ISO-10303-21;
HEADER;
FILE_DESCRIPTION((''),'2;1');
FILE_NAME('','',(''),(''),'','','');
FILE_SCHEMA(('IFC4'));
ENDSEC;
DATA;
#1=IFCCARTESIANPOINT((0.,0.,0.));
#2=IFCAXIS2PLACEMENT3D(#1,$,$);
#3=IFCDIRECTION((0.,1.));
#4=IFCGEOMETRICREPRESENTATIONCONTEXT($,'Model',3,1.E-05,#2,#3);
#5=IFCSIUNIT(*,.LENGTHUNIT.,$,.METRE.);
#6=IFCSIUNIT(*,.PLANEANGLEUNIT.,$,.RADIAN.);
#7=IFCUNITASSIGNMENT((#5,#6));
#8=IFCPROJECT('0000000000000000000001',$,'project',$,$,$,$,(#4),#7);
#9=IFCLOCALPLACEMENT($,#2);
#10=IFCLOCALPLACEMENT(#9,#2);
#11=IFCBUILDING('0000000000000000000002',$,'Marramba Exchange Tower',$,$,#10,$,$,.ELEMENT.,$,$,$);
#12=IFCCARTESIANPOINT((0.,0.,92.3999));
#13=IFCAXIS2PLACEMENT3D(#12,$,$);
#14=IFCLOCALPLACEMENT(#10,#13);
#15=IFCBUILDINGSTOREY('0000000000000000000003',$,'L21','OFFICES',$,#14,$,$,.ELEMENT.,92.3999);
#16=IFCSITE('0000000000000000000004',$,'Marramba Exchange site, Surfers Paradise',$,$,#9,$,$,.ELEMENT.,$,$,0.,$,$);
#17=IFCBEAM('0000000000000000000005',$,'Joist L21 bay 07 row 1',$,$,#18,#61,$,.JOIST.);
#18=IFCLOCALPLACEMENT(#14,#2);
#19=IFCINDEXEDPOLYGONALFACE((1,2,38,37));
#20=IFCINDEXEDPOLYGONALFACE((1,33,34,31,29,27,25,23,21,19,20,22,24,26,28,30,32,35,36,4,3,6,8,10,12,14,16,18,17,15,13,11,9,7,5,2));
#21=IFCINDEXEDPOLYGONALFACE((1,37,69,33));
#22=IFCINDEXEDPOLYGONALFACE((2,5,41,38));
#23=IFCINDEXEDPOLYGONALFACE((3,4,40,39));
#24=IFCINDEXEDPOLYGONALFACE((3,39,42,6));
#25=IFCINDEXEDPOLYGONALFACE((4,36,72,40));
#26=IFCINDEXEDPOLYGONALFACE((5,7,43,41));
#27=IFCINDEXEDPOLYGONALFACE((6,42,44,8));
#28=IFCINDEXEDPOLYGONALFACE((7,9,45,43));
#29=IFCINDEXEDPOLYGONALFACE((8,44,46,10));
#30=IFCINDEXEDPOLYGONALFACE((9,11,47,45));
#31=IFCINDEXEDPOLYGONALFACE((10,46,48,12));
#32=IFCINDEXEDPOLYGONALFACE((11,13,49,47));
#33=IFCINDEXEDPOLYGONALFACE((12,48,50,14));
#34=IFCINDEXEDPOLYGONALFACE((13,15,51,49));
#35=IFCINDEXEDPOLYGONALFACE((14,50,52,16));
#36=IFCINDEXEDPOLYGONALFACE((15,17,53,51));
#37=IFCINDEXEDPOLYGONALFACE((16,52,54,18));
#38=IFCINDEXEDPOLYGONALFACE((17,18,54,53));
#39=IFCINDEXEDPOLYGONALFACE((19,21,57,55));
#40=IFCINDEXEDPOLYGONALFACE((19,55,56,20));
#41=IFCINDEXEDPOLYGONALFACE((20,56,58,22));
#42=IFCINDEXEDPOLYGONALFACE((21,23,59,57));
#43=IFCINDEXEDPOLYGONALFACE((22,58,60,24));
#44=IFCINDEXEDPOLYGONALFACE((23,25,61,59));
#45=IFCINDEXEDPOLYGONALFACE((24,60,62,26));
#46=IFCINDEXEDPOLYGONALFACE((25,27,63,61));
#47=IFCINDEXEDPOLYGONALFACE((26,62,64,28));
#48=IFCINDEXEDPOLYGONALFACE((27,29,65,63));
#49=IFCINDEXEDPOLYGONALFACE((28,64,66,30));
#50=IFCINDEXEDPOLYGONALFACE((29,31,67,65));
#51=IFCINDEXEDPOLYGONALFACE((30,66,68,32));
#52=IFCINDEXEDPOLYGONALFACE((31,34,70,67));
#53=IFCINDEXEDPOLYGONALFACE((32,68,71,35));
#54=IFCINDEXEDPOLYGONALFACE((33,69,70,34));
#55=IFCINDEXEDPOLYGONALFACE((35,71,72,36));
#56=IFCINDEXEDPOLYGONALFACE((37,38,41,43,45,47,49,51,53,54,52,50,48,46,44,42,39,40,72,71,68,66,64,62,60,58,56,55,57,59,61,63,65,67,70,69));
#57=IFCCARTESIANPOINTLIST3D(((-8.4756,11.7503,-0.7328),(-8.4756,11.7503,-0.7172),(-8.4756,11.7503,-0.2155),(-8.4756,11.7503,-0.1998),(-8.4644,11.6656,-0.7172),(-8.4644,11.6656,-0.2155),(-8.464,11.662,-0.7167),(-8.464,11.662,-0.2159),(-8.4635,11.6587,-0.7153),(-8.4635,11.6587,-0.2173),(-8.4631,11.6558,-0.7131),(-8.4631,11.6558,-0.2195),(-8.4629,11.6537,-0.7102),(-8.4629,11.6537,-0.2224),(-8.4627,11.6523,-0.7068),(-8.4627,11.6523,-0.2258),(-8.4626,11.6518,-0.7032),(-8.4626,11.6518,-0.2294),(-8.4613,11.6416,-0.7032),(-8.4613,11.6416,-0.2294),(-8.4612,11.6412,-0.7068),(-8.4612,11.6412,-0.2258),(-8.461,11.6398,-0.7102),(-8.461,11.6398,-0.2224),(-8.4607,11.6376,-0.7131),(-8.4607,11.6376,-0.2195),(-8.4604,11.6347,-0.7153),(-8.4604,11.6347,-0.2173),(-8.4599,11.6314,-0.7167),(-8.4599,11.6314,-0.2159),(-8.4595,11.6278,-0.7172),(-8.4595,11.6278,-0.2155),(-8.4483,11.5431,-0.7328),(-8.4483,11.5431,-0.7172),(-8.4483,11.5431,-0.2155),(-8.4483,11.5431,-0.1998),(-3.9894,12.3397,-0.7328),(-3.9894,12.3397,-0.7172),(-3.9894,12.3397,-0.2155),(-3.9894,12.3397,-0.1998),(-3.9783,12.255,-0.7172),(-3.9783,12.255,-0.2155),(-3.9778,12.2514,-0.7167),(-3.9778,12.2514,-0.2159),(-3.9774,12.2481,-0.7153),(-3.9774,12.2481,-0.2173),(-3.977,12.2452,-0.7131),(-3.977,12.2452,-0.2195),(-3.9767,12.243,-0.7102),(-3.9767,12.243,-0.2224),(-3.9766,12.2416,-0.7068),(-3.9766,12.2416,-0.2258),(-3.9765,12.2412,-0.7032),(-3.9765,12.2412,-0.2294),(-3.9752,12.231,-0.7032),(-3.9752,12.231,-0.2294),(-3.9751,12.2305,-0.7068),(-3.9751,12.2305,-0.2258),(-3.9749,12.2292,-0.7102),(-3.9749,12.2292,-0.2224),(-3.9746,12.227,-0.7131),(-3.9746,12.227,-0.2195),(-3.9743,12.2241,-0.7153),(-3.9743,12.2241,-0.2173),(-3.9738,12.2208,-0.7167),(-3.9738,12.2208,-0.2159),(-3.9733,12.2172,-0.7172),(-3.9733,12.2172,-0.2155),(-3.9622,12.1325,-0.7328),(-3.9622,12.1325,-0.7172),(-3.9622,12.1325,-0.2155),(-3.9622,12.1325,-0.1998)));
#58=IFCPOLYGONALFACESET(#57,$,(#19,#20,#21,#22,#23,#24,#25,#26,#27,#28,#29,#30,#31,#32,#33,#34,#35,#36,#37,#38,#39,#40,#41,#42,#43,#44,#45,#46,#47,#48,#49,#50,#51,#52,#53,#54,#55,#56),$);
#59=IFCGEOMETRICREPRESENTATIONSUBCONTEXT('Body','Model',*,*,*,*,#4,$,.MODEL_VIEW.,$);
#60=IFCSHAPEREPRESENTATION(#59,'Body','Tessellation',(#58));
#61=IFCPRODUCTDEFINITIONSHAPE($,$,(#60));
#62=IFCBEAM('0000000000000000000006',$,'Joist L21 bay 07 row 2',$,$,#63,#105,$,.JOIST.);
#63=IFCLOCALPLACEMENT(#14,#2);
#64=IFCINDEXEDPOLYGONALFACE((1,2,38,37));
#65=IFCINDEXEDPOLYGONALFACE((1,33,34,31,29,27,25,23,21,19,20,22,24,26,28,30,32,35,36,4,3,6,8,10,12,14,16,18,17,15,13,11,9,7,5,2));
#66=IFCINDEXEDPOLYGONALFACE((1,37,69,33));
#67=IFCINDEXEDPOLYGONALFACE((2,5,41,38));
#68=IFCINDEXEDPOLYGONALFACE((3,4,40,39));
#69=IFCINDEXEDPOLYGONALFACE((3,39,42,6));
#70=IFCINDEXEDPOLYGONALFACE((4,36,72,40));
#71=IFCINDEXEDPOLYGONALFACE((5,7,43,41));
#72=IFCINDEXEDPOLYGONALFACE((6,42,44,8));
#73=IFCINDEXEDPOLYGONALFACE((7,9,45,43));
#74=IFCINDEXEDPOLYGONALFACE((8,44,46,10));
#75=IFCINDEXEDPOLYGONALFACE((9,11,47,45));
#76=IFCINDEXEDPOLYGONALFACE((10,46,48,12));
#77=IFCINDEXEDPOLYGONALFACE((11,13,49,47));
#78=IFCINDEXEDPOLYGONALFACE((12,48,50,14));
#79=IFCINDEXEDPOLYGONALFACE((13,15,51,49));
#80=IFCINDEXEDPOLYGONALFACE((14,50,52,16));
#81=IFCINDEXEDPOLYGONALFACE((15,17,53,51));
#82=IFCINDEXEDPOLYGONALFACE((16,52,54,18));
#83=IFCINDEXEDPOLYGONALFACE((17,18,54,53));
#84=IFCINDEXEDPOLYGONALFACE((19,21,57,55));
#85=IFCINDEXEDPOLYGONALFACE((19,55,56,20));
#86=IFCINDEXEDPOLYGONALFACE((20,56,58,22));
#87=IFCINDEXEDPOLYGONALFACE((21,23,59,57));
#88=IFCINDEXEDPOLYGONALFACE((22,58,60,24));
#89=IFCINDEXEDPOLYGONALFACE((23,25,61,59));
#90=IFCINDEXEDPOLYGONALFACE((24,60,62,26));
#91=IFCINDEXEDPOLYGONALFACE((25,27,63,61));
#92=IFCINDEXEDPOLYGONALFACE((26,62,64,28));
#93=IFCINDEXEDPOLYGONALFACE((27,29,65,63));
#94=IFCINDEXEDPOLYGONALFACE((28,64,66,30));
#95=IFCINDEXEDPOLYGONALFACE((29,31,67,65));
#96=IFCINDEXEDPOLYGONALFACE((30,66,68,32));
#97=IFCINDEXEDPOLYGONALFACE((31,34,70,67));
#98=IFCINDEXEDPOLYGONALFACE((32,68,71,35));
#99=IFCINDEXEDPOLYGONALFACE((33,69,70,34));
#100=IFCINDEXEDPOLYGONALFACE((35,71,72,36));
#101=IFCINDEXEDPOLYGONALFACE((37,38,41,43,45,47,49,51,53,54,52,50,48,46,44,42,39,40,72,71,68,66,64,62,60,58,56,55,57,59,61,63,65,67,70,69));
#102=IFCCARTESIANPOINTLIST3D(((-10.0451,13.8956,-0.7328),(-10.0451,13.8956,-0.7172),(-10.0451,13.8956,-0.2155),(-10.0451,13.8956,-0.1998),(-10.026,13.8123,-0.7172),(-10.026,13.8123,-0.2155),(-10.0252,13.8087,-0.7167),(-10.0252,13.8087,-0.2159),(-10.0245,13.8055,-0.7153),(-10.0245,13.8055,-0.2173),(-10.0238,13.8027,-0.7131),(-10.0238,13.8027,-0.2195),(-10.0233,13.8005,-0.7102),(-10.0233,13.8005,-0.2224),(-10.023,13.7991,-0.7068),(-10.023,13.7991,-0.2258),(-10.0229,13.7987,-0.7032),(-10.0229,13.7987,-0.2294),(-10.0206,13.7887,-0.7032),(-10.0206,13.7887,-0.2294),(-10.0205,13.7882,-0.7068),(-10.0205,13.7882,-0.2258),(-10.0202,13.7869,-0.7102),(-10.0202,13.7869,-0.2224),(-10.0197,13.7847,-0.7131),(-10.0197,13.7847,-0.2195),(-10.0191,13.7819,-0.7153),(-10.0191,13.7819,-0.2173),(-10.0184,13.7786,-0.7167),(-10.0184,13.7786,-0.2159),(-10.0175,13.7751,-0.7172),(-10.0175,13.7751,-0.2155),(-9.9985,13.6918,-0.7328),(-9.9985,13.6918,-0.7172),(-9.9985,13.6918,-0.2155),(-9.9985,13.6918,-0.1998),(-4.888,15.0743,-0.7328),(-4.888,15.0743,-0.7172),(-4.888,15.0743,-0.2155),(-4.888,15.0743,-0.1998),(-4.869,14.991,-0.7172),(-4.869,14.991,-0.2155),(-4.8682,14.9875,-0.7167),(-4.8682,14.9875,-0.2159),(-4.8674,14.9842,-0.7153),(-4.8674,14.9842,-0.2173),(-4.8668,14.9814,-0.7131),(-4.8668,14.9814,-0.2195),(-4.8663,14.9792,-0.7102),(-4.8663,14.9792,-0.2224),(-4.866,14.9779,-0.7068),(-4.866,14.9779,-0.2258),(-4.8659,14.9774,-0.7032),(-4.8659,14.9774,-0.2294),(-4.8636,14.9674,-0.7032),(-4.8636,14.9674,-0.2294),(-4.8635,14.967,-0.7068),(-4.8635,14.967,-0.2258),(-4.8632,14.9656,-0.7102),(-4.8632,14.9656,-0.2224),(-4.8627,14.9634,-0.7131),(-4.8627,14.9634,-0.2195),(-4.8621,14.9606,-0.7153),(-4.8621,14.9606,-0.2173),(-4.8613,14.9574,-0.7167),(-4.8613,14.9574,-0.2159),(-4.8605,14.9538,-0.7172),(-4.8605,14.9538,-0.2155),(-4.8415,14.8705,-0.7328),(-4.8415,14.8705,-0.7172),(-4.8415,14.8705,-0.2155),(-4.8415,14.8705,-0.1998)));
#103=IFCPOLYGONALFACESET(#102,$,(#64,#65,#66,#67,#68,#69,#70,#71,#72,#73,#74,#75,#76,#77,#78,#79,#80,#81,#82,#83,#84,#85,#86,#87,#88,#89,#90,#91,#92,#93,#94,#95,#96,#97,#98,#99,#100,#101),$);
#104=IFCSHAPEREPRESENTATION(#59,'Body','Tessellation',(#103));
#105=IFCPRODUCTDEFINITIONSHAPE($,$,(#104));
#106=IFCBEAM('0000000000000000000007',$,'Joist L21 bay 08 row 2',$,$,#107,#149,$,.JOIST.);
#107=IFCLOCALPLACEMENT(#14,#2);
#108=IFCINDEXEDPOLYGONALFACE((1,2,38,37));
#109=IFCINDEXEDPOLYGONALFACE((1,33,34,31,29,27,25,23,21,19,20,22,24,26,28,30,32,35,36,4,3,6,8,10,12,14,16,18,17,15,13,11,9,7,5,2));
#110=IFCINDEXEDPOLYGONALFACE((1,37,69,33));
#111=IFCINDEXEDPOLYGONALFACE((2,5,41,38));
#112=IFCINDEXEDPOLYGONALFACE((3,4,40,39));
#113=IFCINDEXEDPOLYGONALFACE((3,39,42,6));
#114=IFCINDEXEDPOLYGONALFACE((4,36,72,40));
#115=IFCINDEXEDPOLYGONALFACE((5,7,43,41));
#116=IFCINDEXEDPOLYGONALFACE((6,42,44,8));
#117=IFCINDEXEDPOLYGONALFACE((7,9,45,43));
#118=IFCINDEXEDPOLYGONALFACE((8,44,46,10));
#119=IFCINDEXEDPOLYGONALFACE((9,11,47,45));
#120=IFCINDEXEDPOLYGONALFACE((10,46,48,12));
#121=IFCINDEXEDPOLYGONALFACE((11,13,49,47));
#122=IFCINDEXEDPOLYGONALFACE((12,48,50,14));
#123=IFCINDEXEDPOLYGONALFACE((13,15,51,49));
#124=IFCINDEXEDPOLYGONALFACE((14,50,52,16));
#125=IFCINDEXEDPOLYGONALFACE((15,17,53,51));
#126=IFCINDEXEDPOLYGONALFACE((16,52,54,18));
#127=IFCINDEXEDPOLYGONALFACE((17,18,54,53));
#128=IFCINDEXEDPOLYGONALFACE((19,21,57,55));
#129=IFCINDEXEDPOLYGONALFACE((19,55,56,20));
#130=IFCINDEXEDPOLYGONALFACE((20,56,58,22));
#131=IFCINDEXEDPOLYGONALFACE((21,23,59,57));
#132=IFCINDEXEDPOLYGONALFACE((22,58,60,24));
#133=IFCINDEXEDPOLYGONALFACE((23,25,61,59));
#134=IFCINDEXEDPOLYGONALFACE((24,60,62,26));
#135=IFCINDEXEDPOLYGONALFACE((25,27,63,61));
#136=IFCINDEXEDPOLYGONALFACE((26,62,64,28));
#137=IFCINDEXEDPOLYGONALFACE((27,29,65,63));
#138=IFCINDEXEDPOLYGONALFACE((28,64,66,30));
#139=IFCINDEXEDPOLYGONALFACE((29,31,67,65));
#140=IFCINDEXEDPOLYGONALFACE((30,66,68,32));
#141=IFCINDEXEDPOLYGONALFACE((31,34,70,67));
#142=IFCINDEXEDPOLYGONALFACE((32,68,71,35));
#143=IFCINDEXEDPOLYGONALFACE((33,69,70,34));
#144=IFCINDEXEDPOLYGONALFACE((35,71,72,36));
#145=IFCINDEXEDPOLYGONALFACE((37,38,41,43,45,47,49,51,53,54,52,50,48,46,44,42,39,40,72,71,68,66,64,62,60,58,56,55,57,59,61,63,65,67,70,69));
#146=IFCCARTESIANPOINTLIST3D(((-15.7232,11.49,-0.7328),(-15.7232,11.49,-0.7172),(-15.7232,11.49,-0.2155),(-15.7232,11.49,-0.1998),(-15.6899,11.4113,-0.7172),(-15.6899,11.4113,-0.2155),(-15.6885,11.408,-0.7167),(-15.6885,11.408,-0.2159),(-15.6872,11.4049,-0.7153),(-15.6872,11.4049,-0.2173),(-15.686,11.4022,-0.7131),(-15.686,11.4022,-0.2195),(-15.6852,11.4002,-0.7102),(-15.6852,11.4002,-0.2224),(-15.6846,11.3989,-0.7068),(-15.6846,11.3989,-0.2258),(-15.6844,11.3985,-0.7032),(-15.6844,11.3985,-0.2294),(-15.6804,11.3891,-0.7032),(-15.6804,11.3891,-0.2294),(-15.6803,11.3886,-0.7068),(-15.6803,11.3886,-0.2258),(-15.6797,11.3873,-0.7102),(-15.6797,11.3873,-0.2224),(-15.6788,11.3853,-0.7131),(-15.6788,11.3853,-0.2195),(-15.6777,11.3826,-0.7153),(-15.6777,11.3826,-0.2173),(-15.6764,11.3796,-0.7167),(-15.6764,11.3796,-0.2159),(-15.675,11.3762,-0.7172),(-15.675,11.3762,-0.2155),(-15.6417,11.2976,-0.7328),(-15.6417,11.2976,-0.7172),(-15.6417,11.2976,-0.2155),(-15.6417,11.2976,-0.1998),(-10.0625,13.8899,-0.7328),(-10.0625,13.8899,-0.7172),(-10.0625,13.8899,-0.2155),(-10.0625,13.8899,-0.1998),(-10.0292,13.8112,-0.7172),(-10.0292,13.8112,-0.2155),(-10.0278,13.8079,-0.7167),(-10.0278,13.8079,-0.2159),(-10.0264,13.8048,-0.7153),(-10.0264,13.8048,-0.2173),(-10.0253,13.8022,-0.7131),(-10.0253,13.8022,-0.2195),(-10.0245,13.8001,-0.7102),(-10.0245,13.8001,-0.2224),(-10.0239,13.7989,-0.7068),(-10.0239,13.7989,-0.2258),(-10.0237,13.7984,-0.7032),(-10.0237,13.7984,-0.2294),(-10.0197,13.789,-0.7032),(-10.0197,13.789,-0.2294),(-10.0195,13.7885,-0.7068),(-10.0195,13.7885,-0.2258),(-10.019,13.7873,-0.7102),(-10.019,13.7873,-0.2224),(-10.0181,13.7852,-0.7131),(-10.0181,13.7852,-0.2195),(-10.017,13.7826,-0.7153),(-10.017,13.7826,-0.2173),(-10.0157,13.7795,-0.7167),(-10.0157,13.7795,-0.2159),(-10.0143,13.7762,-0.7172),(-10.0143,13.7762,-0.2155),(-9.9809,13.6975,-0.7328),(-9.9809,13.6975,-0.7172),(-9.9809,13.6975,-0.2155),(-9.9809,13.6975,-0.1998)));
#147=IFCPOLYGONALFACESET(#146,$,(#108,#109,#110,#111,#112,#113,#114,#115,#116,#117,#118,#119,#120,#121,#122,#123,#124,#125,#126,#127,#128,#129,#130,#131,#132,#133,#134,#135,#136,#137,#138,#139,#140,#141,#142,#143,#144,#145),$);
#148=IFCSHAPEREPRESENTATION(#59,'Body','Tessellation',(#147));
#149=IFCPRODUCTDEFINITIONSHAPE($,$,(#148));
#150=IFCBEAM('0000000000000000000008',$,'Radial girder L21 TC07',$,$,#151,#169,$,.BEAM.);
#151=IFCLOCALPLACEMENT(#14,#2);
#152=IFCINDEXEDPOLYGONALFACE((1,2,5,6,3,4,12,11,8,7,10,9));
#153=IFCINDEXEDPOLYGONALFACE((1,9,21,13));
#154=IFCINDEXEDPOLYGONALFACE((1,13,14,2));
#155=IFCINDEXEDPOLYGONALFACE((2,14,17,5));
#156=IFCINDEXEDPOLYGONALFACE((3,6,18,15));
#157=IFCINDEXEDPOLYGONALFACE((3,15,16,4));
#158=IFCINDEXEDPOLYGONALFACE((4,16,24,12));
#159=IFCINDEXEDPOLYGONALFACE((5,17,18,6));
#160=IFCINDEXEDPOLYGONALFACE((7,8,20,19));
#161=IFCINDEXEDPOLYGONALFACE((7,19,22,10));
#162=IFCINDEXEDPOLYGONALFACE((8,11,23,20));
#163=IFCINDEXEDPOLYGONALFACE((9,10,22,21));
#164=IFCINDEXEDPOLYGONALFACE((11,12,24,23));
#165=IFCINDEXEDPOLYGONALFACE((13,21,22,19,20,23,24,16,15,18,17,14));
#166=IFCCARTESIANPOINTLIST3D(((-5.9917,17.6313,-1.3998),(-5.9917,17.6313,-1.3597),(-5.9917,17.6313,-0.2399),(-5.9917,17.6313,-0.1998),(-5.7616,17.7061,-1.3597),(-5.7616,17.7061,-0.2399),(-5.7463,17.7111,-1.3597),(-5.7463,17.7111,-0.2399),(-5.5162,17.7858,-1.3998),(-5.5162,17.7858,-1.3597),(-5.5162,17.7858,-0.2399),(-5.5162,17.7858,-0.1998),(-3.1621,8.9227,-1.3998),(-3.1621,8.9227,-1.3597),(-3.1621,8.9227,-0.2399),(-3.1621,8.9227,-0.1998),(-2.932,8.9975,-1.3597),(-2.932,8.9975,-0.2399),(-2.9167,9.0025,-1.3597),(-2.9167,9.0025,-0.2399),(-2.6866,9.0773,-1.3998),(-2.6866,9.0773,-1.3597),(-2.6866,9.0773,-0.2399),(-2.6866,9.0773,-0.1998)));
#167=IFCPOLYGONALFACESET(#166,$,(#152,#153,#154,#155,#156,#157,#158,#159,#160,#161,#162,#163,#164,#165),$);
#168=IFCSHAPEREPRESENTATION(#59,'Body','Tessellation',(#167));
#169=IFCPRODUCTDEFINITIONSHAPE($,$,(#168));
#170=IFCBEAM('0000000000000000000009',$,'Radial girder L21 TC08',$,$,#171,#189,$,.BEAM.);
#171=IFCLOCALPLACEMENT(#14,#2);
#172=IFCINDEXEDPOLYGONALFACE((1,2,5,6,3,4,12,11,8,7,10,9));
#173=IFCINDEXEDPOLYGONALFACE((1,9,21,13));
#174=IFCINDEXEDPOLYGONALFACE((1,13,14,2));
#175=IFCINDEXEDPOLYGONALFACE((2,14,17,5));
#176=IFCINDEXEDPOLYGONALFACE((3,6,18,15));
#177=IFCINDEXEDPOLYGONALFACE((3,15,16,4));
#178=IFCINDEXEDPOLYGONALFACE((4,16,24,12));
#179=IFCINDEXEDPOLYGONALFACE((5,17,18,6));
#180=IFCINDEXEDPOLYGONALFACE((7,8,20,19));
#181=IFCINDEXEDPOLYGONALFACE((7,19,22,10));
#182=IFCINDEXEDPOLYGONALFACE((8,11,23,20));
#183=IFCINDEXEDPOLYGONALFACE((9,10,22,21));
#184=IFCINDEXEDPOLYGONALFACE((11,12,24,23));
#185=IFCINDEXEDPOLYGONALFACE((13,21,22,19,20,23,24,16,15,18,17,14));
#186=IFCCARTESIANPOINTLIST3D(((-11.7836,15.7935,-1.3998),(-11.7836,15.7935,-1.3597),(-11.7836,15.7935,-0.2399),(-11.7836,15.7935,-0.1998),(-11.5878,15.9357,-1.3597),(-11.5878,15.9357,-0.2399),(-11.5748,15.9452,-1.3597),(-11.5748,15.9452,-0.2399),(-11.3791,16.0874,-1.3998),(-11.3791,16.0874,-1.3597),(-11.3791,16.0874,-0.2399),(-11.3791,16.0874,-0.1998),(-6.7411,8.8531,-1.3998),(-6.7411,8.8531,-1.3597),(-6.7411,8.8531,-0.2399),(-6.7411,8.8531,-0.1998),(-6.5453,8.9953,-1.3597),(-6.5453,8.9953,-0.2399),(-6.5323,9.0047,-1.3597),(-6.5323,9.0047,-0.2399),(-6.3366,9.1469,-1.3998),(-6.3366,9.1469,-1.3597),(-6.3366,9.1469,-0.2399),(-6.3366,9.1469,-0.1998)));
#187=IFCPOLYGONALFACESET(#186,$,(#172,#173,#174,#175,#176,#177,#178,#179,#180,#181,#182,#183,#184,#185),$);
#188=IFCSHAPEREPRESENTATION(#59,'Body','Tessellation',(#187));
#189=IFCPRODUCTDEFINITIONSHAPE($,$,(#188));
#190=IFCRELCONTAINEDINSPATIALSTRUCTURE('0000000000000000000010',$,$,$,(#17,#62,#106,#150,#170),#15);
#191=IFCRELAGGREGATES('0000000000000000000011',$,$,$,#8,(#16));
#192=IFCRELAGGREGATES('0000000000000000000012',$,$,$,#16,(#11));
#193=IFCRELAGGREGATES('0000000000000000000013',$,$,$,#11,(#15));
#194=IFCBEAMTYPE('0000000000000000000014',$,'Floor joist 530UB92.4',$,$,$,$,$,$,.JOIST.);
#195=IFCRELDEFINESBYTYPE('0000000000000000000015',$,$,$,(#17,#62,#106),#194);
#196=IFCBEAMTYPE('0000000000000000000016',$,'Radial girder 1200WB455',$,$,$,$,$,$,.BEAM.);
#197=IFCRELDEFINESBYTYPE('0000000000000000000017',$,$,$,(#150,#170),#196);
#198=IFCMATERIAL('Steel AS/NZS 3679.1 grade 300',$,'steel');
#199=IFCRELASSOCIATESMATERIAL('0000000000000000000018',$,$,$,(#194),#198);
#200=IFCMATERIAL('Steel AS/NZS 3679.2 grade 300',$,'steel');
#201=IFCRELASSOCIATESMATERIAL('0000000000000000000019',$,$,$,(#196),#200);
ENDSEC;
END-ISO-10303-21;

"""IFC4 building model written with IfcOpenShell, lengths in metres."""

from ifc_helpers import new_model, si_unit, direction, frame, origin, origin_2d, place, context, subcontext, project, spatial, i_section, extrude, material, material_profile, profile_set, type_object, element, save


model = new_model("IFC4")

# Units and contexts
model_context = context("Model", 3, precision=1e-05, world=origin(), true_north=direction((0.0, 1.0)))
body_context = subcontext(model_context, "Body", "Model", "MODEL_VIEW")
ifc_project = project(units=[si_unit("LENGTHUNIT", "METRE"), si_unit("PLANEANGLEUNIT", "RADIAN")], contexts=[model_context])

# Site, building, storey
site_placement = place(None, origin())
site = spatial("IfcSite", under=ifc_project, at=site_placement, Name="Marramba Exchange site, Surfers Paradise", CompositionType="ELEMENT", RefElevation=0.0)
building_placement = place(site_placement, origin())
building = spatial("IfcBuilding", under=site, at=building_placement, Name="Marramba Exchange Tower", CompositionType="ELEMENT")
storey_placement = place(building_placement, frame((0.0, 0.0, 92.3999)))
storey = spatial("IfcBuildingStorey", under=building, at=storey_placement, Name="L21", Description="OFFICES", CompositionType="ELEMENT", Elevation=92.3999)

# Beams
ifc_material_1 = material(Name="Steel AS/NZS 3679.1 grade 300", Category="steel")
ifc_material_profile_1 = material_profile(ifc_material_1, i_section(OverallWidth=0.209, OverallDepth=0.533, WebThickness=0.0103, FlangeThickness=0.0156, FilletRadius=0.0139, at=origin_2d()), Name="530UB92.4")
ifc_profile_set_1 = profile_set([ifc_material_profile_1], Name="Steel AS/NZS 3679.1 grade 300")
beam_type_1 = type_object("IfcBeamType", Name="Floor joist 530UB92.4", PredefinedType="JOIST", material=ifc_profile_set_1)
beam_1_placement = place(storey_placement, frame((-3.9758, 12.2361, -0.4663), z_axis=(-0.991481, -0.130255, 0.0), x_axis=(0.130255, -0.991481, 0.0)))
element("IfcBeam", 1, at=beam_1_placement, inside=storey, type_object=beam_type_1, Name="Joist L21 bay 07 row 1", PredefinedType="JOIST", context=body_context, shape_type="SweptSolid", body=[
    extrude(i_section(OverallWidth=0.209, OverallDepth=0.533, WebThickness=0.0103, FlangeThickness=0.0156, FilletRadius=0.0139, at=origin_2d()), origin(), (0.0, 0.0, 1.0), 4.5247),
])
beam_2_placement = place(storey_placement, frame((-4.8647, 14.9724, -0.4663), z_axis=(-0.97486, -0.22282, 0.0), x_axis=(0.22282, -0.97486, 0.0)))
element("IfcBeam", 2, at=beam_2_placement, inside=storey, type_object=beam_type_1, Name="Joist L21 bay 07 row 2", PredefinedType="JOIST", context=body_context, shape_type="SweptSolid", body=[
    extrude(i_section(OverallWidth=0.209, OverallDepth=0.533, WebThickness=0.0103, FlangeThickness=0.0156, FilletRadius=0.0139, at=origin_2d()), origin(), (0.0, 0.0, 1.0), 5.29),
])
beam_3_placement = place(storey_placement, frame((-10.0217, 13.7937, -0.4663), z_axis=(-0.920674, -0.390332, 0.0), x_axis=(0.390332, -0.920674, 0.0)))
element("IfcBeam", 3, at=beam_3_placement, inside=storey, type_object=beam_type_1, Name="Joist L21 bay 08 row 2", PredefinedType="JOIST", context=body_context, shape_type="SweptSolid", body=[
    extrude(i_section(OverallWidth=0.209, OverallDepth=0.533, WebThickness=0.0103, FlangeThickness=0.0156, FilletRadius=0.0139, at=origin_2d()), origin(), (0.0, 0.0, 1.0), 6.1484),
])
ifc_material_2 = material(Name="Steel AS/NZS 3679.2 grade 300", Category="steel")
ifc_material_profile_2 = material_profile(ifc_material_2, i_section(OverallWidth=0.5, OverallDepth=1.2, WebThickness=0.0161, FlangeThickness=0.04, at=origin_2d()), Name="1200WB455")
ifc_profile_set_2 = profile_set([ifc_material_profile_2], Name="Steel AS/NZS 3679.2 grade 300")
beam_type_2 = type_object("IfcBeamType", Name="Radial girder 1200WB455", PredefinedType="BEAM", material=ifc_profile_set_2)
beam_4_placement = place(storey_placement, frame((-2.9243, 9.0, -0.7998), z_axis=(-0.30902, 0.951056, 0.0), x_axis=(-0.951056, -0.30902, 0.0)))
element("IfcBeam", 4, at=beam_4_placement, inside=storey, type_object=beam_type_2, Name="Radial girder L21 TC07", PredefinedType="BEAM", context=body_context, shape_type="SweptSolid", body=[
    extrude(i_section(OverallWidth=0.5, OverallDepth=1.2, WebThickness=0.0161, FlangeThickness=0.04, at=origin_2d()), origin(), (0.0, 0.0, 1.0), 9.1567),
])
beam_5_placement = place(storey_placement, frame((-6.5388, 9.0, -0.7998), z_axis=(-0.587782, 0.809019, 0.0), x_axis=(-0.809019, -0.587782, 0.0)))
element("IfcBeam", 5, at=beam_5_placement, inside=storey, type_object=beam_type_2, Name="Radial girder L21 TC08", PredefinedType="BEAM", context=body_context, shape_type="SweptSolid", body=[
    extrude(i_section(OverallWidth=0.5, OverallDepth=1.2, WebThickness=0.0161, FlangeThickness=0.04, at=origin_2d()), origin(), (0.0, 0.0, 1.0), 8.5789),
])

save(model, "model.ifc")
